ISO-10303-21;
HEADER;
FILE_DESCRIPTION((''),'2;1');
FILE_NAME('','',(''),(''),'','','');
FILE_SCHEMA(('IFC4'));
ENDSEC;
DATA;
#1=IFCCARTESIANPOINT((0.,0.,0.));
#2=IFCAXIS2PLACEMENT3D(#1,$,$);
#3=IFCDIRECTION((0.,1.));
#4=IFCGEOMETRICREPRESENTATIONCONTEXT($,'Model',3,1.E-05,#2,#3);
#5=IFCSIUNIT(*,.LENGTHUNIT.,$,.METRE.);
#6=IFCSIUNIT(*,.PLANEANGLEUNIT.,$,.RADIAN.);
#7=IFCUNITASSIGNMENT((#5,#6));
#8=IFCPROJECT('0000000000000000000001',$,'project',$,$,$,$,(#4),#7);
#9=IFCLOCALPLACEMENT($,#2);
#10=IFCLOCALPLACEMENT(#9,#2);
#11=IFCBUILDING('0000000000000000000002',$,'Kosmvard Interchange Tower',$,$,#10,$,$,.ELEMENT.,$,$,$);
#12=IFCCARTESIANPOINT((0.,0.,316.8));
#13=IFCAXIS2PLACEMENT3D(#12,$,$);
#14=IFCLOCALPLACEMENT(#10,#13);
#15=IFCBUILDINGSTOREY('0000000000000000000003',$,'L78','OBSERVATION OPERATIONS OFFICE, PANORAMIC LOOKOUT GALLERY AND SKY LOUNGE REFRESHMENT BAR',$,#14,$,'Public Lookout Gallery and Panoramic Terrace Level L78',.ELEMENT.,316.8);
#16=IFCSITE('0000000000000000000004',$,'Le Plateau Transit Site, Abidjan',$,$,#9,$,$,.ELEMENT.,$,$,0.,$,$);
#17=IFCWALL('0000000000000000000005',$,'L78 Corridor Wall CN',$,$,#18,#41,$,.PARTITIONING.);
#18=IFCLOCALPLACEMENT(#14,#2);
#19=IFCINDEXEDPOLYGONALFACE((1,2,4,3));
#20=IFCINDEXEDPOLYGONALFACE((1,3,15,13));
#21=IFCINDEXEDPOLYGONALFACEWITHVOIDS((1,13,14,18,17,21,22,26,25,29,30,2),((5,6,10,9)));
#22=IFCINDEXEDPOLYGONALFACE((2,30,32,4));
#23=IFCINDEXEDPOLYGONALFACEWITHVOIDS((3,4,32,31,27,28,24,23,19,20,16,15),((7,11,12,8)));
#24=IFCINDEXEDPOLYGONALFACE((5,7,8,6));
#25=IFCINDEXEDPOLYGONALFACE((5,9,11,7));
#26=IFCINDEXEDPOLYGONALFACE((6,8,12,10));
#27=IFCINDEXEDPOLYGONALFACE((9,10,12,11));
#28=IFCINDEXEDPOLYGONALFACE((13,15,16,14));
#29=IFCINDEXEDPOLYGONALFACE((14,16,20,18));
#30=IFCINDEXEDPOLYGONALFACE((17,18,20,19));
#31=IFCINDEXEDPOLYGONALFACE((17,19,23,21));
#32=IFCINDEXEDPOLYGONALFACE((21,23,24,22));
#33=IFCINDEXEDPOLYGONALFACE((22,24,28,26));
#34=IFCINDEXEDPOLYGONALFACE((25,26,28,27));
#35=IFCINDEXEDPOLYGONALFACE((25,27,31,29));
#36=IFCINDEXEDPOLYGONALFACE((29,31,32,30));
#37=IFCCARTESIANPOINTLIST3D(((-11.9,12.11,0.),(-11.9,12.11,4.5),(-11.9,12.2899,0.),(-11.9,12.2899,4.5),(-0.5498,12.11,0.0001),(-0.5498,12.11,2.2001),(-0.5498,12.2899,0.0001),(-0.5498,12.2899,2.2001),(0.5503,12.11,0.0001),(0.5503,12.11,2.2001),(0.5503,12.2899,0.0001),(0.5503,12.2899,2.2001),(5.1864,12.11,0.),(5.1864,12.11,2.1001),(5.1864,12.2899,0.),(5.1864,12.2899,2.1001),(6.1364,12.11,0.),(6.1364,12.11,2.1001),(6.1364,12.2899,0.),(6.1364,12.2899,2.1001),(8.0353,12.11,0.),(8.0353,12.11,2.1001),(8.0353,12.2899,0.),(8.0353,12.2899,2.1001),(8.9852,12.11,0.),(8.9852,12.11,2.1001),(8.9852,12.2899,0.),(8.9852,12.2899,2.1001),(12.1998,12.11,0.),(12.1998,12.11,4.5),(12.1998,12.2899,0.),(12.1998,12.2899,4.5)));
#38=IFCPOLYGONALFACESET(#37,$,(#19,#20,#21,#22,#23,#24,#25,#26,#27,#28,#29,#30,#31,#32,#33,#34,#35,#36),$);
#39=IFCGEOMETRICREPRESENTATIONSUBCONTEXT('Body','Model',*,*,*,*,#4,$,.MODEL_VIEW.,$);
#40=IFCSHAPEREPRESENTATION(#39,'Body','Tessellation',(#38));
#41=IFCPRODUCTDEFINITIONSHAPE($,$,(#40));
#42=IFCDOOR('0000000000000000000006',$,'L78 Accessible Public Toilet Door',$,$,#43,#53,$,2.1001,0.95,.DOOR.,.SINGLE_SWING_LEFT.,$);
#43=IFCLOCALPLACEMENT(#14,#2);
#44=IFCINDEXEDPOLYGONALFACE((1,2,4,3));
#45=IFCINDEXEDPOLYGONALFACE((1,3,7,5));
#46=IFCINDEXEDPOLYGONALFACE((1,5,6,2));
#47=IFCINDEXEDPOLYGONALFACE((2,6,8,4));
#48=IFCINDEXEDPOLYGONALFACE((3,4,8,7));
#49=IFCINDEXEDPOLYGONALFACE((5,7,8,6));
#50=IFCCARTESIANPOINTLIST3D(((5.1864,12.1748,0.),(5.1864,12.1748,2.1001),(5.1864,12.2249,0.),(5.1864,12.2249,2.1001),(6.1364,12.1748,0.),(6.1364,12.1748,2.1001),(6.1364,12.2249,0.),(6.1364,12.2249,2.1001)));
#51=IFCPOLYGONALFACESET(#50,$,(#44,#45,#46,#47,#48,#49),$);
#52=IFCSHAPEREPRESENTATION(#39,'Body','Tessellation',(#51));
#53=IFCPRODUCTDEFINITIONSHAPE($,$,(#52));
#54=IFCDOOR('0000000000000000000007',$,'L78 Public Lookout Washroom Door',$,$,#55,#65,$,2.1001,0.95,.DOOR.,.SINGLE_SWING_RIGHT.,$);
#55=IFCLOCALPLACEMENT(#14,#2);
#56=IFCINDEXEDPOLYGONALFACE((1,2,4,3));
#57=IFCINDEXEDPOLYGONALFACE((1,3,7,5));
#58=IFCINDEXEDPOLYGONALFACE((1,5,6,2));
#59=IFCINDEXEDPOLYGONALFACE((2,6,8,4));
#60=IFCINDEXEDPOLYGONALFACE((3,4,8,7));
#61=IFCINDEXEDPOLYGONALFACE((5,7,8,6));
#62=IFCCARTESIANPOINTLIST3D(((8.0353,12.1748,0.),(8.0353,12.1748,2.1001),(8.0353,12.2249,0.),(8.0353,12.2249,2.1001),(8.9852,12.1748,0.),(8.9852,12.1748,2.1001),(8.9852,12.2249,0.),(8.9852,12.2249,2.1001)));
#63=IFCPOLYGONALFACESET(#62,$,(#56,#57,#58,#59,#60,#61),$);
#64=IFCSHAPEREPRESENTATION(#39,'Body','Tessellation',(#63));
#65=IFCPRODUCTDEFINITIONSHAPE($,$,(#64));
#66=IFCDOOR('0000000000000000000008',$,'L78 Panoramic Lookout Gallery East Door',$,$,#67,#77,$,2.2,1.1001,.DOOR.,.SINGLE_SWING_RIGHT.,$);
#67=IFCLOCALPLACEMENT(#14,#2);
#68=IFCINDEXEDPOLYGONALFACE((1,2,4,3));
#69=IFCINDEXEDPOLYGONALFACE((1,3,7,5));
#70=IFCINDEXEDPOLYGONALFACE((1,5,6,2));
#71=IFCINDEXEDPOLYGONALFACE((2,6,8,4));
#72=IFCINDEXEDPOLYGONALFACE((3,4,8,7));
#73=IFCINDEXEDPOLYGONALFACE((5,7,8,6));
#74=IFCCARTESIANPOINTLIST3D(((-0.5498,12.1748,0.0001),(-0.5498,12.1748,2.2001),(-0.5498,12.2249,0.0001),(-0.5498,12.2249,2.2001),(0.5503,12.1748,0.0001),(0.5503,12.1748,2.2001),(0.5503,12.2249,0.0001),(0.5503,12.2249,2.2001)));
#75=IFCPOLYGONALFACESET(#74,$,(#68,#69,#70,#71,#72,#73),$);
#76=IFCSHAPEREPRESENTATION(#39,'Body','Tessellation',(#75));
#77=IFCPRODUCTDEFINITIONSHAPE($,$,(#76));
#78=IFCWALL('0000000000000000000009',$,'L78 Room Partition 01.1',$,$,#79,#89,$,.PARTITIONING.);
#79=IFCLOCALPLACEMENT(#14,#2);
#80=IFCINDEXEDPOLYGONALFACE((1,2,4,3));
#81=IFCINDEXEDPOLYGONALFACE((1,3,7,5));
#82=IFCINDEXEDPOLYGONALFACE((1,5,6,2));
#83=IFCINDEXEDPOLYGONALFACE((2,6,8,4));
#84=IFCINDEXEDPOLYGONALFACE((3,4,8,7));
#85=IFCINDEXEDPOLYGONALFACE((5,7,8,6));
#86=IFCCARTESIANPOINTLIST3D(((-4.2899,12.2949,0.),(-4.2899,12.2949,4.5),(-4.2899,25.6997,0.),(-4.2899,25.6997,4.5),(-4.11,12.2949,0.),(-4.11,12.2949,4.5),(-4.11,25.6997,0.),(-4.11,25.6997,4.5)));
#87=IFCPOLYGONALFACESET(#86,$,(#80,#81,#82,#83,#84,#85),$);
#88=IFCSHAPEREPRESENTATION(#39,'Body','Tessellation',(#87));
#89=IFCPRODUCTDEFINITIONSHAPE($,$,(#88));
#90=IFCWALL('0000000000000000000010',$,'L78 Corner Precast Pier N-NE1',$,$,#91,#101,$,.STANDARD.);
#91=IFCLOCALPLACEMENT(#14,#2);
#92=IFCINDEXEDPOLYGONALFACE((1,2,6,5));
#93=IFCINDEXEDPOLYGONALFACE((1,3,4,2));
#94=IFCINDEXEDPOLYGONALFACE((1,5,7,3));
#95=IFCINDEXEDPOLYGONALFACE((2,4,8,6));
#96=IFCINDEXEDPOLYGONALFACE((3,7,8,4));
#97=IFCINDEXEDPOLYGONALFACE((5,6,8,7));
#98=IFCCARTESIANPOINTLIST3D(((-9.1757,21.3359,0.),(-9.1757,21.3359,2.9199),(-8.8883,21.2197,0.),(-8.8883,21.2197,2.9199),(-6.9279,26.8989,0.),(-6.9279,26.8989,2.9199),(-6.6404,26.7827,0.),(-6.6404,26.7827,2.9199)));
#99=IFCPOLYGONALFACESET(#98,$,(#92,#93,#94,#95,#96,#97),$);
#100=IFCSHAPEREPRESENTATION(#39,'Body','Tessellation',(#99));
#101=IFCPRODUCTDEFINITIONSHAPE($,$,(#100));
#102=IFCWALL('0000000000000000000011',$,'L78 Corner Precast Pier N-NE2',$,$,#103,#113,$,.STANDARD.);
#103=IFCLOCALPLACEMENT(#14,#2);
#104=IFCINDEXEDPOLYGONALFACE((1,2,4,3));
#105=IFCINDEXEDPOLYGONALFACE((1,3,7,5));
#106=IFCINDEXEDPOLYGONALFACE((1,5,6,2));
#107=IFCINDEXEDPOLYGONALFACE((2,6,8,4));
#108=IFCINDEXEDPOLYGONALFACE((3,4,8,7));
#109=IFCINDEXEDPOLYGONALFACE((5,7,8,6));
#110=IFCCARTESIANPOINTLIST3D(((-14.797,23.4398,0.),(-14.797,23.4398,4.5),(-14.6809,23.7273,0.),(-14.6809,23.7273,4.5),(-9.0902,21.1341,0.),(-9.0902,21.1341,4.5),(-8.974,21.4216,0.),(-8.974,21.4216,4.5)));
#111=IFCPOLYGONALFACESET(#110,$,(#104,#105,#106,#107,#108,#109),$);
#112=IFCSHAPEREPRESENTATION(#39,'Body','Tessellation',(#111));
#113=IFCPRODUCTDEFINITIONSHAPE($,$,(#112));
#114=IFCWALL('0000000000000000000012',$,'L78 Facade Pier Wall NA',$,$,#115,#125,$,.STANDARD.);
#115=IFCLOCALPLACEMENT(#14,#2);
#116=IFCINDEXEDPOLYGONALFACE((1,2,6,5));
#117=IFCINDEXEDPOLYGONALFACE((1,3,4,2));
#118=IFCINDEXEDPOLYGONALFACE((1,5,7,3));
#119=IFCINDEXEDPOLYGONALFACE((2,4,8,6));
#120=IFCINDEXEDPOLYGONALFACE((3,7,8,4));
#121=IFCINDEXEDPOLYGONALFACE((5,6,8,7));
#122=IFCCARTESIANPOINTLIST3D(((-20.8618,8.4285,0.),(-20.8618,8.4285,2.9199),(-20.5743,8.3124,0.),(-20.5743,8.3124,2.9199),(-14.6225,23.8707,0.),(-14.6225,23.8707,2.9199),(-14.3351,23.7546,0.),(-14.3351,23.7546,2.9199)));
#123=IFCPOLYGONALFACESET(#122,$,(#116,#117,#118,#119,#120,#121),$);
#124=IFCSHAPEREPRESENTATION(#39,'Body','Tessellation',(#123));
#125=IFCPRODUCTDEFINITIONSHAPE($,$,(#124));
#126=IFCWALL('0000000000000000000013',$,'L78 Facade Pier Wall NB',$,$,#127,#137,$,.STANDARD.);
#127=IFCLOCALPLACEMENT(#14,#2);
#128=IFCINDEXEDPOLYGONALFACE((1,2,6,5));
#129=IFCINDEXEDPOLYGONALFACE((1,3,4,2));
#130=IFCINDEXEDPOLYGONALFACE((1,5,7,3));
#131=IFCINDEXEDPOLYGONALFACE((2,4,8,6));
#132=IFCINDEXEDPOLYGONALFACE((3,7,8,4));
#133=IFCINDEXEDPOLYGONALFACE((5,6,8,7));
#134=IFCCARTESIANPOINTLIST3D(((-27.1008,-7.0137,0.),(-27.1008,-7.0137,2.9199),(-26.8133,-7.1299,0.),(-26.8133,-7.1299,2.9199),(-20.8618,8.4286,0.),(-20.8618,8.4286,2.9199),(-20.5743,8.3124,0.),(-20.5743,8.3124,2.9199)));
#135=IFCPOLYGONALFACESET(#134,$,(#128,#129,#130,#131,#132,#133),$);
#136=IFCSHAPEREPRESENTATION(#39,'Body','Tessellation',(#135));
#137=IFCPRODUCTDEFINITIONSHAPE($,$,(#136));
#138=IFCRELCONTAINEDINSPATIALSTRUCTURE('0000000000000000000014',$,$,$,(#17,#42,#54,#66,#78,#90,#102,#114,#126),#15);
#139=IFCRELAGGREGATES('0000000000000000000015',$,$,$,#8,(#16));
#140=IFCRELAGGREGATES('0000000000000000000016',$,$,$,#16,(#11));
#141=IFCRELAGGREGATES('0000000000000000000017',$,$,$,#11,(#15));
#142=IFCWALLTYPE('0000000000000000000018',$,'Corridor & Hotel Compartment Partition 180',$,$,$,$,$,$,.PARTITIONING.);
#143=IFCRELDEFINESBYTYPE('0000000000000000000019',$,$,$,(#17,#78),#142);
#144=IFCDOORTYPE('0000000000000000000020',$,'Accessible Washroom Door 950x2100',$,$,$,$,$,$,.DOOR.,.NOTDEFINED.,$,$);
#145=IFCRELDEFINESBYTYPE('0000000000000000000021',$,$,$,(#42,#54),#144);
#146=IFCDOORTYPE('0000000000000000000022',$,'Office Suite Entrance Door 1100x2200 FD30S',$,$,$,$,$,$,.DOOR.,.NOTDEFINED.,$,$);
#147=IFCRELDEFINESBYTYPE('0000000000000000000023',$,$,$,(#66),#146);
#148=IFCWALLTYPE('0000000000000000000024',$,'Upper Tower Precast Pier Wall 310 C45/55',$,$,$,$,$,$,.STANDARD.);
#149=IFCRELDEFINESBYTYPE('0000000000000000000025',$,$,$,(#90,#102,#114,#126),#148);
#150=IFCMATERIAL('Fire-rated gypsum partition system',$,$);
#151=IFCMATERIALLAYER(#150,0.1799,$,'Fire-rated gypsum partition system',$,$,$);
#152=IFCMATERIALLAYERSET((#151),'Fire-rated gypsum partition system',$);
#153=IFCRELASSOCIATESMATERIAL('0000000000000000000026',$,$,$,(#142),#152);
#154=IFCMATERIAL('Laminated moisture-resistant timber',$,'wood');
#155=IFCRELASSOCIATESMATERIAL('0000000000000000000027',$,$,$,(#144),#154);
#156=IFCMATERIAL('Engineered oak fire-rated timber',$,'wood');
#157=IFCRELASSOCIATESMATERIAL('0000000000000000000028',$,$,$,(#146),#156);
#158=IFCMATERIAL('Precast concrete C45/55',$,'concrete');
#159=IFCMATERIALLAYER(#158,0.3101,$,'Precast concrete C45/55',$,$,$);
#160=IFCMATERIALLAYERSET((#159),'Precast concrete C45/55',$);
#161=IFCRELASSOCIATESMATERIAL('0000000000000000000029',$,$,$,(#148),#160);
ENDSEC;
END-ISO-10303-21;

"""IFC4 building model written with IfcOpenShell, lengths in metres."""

from ifc_helpers import new_model, si_unit, direction, frame, frame_2d, origin, place, context, subcontext, project, spatial, rectangle, extrude, source, transform, mapped, material, layer, layer_set, type_object, element, fill, save


model = new_model("IFC4")

# Units and contexts
model_context = context("Model", 3, precision=1e-05, world=origin(), true_north=direction((0.0, 1.0)))
body_context = subcontext(model_context, "Body", "Model", "MODEL_VIEW")
ifc_project = project(units=[si_unit("LENGTHUNIT", "METRE"), si_unit("PLANEANGLEUNIT", "RADIAN")], contexts=[model_context])

# Site, building, storey
site_placement = place(None, origin())
site = spatial("IfcSite", under=ifc_project, at=site_placement, Name="Le Plateau Transit Site, Abidjan", CompositionType="ELEMENT", RefElevation=0.0)
building_placement = place(site_placement, origin())
building = spatial("IfcBuilding", under=site, at=building_placement, Name="Kosmvard Interchange Tower", CompositionType="ELEMENT")
storey_placement = place(building_placement, frame((0.0, 0.0, 316.8)))
storey = spatial("IfcBuildingStorey", under=building, at=storey_placement, Name="L78", Description="OBSERVATION OPERATIONS OFFICE, PANORAMIC LOOKOUT GALLERY AND SKY LOUNGE REFRESHMENT BAR", LongName="Public Lookout Gallery and Panoramic Terrace Level L78", CompositionType="ELEMENT", Elevation=316.8)

# Shared definitions
ifc_material_1 = material(Name="Precast concrete C45/55", Category="concrete")

# Wall, openings, doors
ifc_material_2 = material(Name="Fire-rated gypsum partition system")
ifc_layer_1 = layer(ifc_material_2, 0.1799, Name="Fire-rated gypsum partition system")
ifc_layer_set_1 = layer_set([ifc_layer_1], Name="Fire-rated gypsum partition system")
wall_type_1 = type_object("IfcWallType", Name="Corridor & Hotel Compartment Partition 180", PredefinedType="PARTITIONING", material=ifc_layer_set_1)
wall_1_placement = place(storey_placement, frame((-11.8999, 12.2, 0.0), z_axis=(0.0, 0.0, 1.0), x_axis=(1.0, 0.0, 0.0)))
wall_1 = element("IfcWall", 1, at=wall_1_placement, inside=storey, type_object=wall_type_1, Name="L78 Corridor Wall CN", PredefinedType="PARTITIONING", context=body_context, shape_type="SweptSolid", body=[
    extrude(rectangle(XDim=24.0999, YDim=0.1799, at=frame_2d((12.0498, 0.0))), origin(), (0.0, 0.0, 1.0), 4.5),
])
opening_1_placement = place(wall_1_placement, frame((17.0862, 0.0, 0.0)))
opening_1 = element("IfcOpeningElement", 2, at=opening_1_placement, cuts=wall_1, PredefinedType="OPENING", context=body_context, shape_type="SweptSolid", body=[
    extrude(rectangle(XDim=0.95, YDim=2.1001, at=frame_2d((0.4751, 1.05))), frame((0.0, 0.1001, 0.0), z_axis=(0.0, -1.0, 0.0), x_axis=(1.0, 0.0, 0.0)), (0.0, 0.0, 1.0), 0.2),
])
opening_2_placement = place(wall_1_placement, frame((19.9351, 0.0, 0.0)))
opening_2 = element("IfcOpeningElement", 3, at=opening_2_placement, cuts=wall_1, PredefinedType="OPENING", context=body_context, shape_type="SweptSolid", body=[
    extrude(rectangle(XDim=0.95, YDim=2.1001, at=frame_2d((0.4751, 1.05))), frame((0.0, 0.1001, 0.0), z_axis=(0.0, -1.0, 0.0), x_axis=(1.0, 0.0, 0.0)), (0.0, 0.0, 1.0), 0.2),
])
opening_3_placement = place(wall_1_placement, frame((11.3501, 0.0, 0.0)))
opening_3 = element("IfcOpeningElement", 4, at=opening_3_placement, cuts=wall_1, PredefinedType="OPENING", context=body_context, shape_type="SweptSolid", body=[
    extrude(rectangle(XDim=1.1001, YDim=2.2, at=frame_2d((0.55, 1.1001))), frame((0.0, 0.1001, 0.0), z_axis=(0.0, -1.0, 0.0), x_axis=(1.0, 0.0, 0.0)), (0.0, 0.0, 1.0), 0.2),
])
ifc_material_3 = material(Name="Laminated moisture-resistant timber", Category="wood")
door_type_1 = type_object("IfcDoorType", Name="Accessible Washroom Door 950x2100", OperationType="NOTDEFINED", PredefinedType="DOOR", material=ifc_material_3)
shared_shape_1 = source(origin(), body_context, "Body", "SweptSolid", [
    extrude(rectangle(XDim=0.95, YDim=2.1001, at=frame_2d((0.4751, 1.05))), frame((0.0, 0.0249, 0.0), z_axis=(0.0, -1.0, 0.0), x_axis=(1.0, 0.0, 0.0)), (0.0, 0.0, 1.0), 0.05),
])
door_1_placement = place(opening_1_placement, origin())
door_1 = element("IfcDoor", 5, at=door_1_placement, inside=storey, type_object=door_type_1, Name="L78 Accessible Public Toilet Door", OperationType="SINGLE_SWING_LEFT", OverallHeight=2.1001, OverallWidth=0.95, PredefinedType="DOOR", context=body_context, shape_type="MappedRepresentation", body=[
    mapped(shared_shape_1, transform((0.0, 0.0, 0.0), scale=1.0)),
])
fill(opening_1, door_1)
door_2_placement = place(opening_2_placement, origin())
door_2 = element("IfcDoor", 6, at=door_2_placement, inside=storey, type_object=door_type_1, Name="L78 Public Lookout Washroom Door", OperationType="SINGLE_SWING_RIGHT", OverallHeight=2.1001, OverallWidth=0.95, PredefinedType="DOOR", context=body_context, shape_type="MappedRepresentation", body=[
    mapped(shared_shape_1, transform((0.0, 0.0, 0.0), scale=1.0)),
])
fill(opening_2, door_2)
ifc_material_4 = material(Name="Engineered oak fire-rated timber", Category="wood")
door_type_2 = type_object("IfcDoorType", Name="Office Suite Entrance Door 1100x2200 FD30S", OperationType="NOTDEFINED", PredefinedType="DOOR", material=ifc_material_4)
shared_shape_2 = source(origin(), body_context, "Body", "SweptSolid", [
    extrude(rectangle(XDim=1.1001, YDim=2.2, at=frame_2d((0.55, 1.1001))), frame((0.0, 0.0249, 0.0), z_axis=(0.0, -1.0, 0.0), x_axis=(1.0, 0.0, 0.0)), (0.0, 0.0, 1.0), 0.05),
])
door_3_placement = place(opening_3_placement, origin())
door_3 = element("IfcDoor", 7, at=door_3_placement, inside=storey, type_object=door_type_2, Name="L78 Panoramic Lookout Gallery East Door", OperationType="SINGLE_SWING_RIGHT", OverallHeight=2.2, OverallWidth=1.1001, PredefinedType="DOOR", context=body_context, shape_type="MappedRepresentation", body=[
    mapped(shared_shape_2, transform((0.0, 0.0, 0.0), scale=1.0)),
])
fill(opening_3, door_3)

# Walls
wall_2_placement = place(storey_placement, frame((-4.2, 12.2949, 0.0), z_axis=(0.0, 0.0, 1.0), x_axis=(0.0, 1.0, 0.0)))
element("IfcWall", 8, at=wall_2_placement, inside=storey, type_object=wall_type_1, Name="L78 Room Partition 01.1", PredefinedType="PARTITIONING", context=body_context, shape_type="SweptSolid", body=[
    extrude(rectangle(XDim=13.4048, YDim=0.1799, at=frame_2d((6.7024, 0.0))), origin(), (0.0, 0.0, 1.0), 4.5),
])
ifc_layer_2 = layer(ifc_material_1, 0.3101, Name="Precast concrete C45/55")
ifc_layer_set_2 = layer_set([ifc_layer_2], Name="Precast concrete C45/55")
wall_type_2 = type_object("IfcWallType", Name="Upper Tower Precast Pier Wall 310 C45/55", PredefinedType="STANDARD", material=ifc_layer_set_2)
wall_3_placement = place(storey_placement, frame((-6.7842, 26.8408, 0.0), z_axis=(0.0, 0.0, 1.0), x_axis=(-0.374637, -0.927172, 0.0)))
element("IfcWall", 9, at=wall_3_placement, inside=storey, type_object=wall_type_2, Name="L78 Corner Precast Pier N-NE1", PredefinedType="STANDARD", context=body_context, shape_type="SweptSolid", body=[
    extrude(rectangle(XDim=6.0, YDim=0.3101, at=frame_2d((3.0, 0.0))), origin(), (0.0, 0.0, 1.0), 2.9199),
])
wall_4_placement = place(storey_placement, frame((-9.032, 21.2778, 0.0), z_axis=(0.0, 0.0, 1.0), x_axis=(-0.927185, 0.374603, 0.0)))
element("IfcWall", 10, at=wall_4_placement, inside=storey, type_object=wall_type_2, Name="L78 Corner Precast Pier N-NE2", PredefinedType="STANDARD", context=body_context, shape_type="SweptSolid", body=[
    extrude(rectangle(XDim=6.155, YDim=0.3101, at=frame_2d((3.0776, 0.0))), origin(), (0.0, 0.0, 1.0), 4.5),
])
for number, where, z_axis, x_axis, name in (
    (11, (-14.4788, 23.8127, 0.0), (0.0, 0.0, 1.0), (-0.374618, -0.927179, 0.0), "L78 Facade Pier Wall NA"),
    (12, (-20.718, 8.3706, 0.0), (0.0, 0.0, 1.0), (-0.374601, -0.927186, 0.0), "L78 Facade Pier Wall NB"),
):
    element("IfcWall", number, at=place(storey_placement, frame(where, z_axis=z_axis, x_axis=x_axis)), inside=storey, type_object=wall_type_2, Name=name, PredefinedType="STANDARD", context=body_context, shape_type="SweptSolid", body=[
        extrude(rectangle(XDim=16.655, YDim=0.3101, at=frame_2d((8.3276, 0.0))), origin(), (0.0, 0.0, 1.0), 2.9199),
    ])

save(model, "model.ifc")
